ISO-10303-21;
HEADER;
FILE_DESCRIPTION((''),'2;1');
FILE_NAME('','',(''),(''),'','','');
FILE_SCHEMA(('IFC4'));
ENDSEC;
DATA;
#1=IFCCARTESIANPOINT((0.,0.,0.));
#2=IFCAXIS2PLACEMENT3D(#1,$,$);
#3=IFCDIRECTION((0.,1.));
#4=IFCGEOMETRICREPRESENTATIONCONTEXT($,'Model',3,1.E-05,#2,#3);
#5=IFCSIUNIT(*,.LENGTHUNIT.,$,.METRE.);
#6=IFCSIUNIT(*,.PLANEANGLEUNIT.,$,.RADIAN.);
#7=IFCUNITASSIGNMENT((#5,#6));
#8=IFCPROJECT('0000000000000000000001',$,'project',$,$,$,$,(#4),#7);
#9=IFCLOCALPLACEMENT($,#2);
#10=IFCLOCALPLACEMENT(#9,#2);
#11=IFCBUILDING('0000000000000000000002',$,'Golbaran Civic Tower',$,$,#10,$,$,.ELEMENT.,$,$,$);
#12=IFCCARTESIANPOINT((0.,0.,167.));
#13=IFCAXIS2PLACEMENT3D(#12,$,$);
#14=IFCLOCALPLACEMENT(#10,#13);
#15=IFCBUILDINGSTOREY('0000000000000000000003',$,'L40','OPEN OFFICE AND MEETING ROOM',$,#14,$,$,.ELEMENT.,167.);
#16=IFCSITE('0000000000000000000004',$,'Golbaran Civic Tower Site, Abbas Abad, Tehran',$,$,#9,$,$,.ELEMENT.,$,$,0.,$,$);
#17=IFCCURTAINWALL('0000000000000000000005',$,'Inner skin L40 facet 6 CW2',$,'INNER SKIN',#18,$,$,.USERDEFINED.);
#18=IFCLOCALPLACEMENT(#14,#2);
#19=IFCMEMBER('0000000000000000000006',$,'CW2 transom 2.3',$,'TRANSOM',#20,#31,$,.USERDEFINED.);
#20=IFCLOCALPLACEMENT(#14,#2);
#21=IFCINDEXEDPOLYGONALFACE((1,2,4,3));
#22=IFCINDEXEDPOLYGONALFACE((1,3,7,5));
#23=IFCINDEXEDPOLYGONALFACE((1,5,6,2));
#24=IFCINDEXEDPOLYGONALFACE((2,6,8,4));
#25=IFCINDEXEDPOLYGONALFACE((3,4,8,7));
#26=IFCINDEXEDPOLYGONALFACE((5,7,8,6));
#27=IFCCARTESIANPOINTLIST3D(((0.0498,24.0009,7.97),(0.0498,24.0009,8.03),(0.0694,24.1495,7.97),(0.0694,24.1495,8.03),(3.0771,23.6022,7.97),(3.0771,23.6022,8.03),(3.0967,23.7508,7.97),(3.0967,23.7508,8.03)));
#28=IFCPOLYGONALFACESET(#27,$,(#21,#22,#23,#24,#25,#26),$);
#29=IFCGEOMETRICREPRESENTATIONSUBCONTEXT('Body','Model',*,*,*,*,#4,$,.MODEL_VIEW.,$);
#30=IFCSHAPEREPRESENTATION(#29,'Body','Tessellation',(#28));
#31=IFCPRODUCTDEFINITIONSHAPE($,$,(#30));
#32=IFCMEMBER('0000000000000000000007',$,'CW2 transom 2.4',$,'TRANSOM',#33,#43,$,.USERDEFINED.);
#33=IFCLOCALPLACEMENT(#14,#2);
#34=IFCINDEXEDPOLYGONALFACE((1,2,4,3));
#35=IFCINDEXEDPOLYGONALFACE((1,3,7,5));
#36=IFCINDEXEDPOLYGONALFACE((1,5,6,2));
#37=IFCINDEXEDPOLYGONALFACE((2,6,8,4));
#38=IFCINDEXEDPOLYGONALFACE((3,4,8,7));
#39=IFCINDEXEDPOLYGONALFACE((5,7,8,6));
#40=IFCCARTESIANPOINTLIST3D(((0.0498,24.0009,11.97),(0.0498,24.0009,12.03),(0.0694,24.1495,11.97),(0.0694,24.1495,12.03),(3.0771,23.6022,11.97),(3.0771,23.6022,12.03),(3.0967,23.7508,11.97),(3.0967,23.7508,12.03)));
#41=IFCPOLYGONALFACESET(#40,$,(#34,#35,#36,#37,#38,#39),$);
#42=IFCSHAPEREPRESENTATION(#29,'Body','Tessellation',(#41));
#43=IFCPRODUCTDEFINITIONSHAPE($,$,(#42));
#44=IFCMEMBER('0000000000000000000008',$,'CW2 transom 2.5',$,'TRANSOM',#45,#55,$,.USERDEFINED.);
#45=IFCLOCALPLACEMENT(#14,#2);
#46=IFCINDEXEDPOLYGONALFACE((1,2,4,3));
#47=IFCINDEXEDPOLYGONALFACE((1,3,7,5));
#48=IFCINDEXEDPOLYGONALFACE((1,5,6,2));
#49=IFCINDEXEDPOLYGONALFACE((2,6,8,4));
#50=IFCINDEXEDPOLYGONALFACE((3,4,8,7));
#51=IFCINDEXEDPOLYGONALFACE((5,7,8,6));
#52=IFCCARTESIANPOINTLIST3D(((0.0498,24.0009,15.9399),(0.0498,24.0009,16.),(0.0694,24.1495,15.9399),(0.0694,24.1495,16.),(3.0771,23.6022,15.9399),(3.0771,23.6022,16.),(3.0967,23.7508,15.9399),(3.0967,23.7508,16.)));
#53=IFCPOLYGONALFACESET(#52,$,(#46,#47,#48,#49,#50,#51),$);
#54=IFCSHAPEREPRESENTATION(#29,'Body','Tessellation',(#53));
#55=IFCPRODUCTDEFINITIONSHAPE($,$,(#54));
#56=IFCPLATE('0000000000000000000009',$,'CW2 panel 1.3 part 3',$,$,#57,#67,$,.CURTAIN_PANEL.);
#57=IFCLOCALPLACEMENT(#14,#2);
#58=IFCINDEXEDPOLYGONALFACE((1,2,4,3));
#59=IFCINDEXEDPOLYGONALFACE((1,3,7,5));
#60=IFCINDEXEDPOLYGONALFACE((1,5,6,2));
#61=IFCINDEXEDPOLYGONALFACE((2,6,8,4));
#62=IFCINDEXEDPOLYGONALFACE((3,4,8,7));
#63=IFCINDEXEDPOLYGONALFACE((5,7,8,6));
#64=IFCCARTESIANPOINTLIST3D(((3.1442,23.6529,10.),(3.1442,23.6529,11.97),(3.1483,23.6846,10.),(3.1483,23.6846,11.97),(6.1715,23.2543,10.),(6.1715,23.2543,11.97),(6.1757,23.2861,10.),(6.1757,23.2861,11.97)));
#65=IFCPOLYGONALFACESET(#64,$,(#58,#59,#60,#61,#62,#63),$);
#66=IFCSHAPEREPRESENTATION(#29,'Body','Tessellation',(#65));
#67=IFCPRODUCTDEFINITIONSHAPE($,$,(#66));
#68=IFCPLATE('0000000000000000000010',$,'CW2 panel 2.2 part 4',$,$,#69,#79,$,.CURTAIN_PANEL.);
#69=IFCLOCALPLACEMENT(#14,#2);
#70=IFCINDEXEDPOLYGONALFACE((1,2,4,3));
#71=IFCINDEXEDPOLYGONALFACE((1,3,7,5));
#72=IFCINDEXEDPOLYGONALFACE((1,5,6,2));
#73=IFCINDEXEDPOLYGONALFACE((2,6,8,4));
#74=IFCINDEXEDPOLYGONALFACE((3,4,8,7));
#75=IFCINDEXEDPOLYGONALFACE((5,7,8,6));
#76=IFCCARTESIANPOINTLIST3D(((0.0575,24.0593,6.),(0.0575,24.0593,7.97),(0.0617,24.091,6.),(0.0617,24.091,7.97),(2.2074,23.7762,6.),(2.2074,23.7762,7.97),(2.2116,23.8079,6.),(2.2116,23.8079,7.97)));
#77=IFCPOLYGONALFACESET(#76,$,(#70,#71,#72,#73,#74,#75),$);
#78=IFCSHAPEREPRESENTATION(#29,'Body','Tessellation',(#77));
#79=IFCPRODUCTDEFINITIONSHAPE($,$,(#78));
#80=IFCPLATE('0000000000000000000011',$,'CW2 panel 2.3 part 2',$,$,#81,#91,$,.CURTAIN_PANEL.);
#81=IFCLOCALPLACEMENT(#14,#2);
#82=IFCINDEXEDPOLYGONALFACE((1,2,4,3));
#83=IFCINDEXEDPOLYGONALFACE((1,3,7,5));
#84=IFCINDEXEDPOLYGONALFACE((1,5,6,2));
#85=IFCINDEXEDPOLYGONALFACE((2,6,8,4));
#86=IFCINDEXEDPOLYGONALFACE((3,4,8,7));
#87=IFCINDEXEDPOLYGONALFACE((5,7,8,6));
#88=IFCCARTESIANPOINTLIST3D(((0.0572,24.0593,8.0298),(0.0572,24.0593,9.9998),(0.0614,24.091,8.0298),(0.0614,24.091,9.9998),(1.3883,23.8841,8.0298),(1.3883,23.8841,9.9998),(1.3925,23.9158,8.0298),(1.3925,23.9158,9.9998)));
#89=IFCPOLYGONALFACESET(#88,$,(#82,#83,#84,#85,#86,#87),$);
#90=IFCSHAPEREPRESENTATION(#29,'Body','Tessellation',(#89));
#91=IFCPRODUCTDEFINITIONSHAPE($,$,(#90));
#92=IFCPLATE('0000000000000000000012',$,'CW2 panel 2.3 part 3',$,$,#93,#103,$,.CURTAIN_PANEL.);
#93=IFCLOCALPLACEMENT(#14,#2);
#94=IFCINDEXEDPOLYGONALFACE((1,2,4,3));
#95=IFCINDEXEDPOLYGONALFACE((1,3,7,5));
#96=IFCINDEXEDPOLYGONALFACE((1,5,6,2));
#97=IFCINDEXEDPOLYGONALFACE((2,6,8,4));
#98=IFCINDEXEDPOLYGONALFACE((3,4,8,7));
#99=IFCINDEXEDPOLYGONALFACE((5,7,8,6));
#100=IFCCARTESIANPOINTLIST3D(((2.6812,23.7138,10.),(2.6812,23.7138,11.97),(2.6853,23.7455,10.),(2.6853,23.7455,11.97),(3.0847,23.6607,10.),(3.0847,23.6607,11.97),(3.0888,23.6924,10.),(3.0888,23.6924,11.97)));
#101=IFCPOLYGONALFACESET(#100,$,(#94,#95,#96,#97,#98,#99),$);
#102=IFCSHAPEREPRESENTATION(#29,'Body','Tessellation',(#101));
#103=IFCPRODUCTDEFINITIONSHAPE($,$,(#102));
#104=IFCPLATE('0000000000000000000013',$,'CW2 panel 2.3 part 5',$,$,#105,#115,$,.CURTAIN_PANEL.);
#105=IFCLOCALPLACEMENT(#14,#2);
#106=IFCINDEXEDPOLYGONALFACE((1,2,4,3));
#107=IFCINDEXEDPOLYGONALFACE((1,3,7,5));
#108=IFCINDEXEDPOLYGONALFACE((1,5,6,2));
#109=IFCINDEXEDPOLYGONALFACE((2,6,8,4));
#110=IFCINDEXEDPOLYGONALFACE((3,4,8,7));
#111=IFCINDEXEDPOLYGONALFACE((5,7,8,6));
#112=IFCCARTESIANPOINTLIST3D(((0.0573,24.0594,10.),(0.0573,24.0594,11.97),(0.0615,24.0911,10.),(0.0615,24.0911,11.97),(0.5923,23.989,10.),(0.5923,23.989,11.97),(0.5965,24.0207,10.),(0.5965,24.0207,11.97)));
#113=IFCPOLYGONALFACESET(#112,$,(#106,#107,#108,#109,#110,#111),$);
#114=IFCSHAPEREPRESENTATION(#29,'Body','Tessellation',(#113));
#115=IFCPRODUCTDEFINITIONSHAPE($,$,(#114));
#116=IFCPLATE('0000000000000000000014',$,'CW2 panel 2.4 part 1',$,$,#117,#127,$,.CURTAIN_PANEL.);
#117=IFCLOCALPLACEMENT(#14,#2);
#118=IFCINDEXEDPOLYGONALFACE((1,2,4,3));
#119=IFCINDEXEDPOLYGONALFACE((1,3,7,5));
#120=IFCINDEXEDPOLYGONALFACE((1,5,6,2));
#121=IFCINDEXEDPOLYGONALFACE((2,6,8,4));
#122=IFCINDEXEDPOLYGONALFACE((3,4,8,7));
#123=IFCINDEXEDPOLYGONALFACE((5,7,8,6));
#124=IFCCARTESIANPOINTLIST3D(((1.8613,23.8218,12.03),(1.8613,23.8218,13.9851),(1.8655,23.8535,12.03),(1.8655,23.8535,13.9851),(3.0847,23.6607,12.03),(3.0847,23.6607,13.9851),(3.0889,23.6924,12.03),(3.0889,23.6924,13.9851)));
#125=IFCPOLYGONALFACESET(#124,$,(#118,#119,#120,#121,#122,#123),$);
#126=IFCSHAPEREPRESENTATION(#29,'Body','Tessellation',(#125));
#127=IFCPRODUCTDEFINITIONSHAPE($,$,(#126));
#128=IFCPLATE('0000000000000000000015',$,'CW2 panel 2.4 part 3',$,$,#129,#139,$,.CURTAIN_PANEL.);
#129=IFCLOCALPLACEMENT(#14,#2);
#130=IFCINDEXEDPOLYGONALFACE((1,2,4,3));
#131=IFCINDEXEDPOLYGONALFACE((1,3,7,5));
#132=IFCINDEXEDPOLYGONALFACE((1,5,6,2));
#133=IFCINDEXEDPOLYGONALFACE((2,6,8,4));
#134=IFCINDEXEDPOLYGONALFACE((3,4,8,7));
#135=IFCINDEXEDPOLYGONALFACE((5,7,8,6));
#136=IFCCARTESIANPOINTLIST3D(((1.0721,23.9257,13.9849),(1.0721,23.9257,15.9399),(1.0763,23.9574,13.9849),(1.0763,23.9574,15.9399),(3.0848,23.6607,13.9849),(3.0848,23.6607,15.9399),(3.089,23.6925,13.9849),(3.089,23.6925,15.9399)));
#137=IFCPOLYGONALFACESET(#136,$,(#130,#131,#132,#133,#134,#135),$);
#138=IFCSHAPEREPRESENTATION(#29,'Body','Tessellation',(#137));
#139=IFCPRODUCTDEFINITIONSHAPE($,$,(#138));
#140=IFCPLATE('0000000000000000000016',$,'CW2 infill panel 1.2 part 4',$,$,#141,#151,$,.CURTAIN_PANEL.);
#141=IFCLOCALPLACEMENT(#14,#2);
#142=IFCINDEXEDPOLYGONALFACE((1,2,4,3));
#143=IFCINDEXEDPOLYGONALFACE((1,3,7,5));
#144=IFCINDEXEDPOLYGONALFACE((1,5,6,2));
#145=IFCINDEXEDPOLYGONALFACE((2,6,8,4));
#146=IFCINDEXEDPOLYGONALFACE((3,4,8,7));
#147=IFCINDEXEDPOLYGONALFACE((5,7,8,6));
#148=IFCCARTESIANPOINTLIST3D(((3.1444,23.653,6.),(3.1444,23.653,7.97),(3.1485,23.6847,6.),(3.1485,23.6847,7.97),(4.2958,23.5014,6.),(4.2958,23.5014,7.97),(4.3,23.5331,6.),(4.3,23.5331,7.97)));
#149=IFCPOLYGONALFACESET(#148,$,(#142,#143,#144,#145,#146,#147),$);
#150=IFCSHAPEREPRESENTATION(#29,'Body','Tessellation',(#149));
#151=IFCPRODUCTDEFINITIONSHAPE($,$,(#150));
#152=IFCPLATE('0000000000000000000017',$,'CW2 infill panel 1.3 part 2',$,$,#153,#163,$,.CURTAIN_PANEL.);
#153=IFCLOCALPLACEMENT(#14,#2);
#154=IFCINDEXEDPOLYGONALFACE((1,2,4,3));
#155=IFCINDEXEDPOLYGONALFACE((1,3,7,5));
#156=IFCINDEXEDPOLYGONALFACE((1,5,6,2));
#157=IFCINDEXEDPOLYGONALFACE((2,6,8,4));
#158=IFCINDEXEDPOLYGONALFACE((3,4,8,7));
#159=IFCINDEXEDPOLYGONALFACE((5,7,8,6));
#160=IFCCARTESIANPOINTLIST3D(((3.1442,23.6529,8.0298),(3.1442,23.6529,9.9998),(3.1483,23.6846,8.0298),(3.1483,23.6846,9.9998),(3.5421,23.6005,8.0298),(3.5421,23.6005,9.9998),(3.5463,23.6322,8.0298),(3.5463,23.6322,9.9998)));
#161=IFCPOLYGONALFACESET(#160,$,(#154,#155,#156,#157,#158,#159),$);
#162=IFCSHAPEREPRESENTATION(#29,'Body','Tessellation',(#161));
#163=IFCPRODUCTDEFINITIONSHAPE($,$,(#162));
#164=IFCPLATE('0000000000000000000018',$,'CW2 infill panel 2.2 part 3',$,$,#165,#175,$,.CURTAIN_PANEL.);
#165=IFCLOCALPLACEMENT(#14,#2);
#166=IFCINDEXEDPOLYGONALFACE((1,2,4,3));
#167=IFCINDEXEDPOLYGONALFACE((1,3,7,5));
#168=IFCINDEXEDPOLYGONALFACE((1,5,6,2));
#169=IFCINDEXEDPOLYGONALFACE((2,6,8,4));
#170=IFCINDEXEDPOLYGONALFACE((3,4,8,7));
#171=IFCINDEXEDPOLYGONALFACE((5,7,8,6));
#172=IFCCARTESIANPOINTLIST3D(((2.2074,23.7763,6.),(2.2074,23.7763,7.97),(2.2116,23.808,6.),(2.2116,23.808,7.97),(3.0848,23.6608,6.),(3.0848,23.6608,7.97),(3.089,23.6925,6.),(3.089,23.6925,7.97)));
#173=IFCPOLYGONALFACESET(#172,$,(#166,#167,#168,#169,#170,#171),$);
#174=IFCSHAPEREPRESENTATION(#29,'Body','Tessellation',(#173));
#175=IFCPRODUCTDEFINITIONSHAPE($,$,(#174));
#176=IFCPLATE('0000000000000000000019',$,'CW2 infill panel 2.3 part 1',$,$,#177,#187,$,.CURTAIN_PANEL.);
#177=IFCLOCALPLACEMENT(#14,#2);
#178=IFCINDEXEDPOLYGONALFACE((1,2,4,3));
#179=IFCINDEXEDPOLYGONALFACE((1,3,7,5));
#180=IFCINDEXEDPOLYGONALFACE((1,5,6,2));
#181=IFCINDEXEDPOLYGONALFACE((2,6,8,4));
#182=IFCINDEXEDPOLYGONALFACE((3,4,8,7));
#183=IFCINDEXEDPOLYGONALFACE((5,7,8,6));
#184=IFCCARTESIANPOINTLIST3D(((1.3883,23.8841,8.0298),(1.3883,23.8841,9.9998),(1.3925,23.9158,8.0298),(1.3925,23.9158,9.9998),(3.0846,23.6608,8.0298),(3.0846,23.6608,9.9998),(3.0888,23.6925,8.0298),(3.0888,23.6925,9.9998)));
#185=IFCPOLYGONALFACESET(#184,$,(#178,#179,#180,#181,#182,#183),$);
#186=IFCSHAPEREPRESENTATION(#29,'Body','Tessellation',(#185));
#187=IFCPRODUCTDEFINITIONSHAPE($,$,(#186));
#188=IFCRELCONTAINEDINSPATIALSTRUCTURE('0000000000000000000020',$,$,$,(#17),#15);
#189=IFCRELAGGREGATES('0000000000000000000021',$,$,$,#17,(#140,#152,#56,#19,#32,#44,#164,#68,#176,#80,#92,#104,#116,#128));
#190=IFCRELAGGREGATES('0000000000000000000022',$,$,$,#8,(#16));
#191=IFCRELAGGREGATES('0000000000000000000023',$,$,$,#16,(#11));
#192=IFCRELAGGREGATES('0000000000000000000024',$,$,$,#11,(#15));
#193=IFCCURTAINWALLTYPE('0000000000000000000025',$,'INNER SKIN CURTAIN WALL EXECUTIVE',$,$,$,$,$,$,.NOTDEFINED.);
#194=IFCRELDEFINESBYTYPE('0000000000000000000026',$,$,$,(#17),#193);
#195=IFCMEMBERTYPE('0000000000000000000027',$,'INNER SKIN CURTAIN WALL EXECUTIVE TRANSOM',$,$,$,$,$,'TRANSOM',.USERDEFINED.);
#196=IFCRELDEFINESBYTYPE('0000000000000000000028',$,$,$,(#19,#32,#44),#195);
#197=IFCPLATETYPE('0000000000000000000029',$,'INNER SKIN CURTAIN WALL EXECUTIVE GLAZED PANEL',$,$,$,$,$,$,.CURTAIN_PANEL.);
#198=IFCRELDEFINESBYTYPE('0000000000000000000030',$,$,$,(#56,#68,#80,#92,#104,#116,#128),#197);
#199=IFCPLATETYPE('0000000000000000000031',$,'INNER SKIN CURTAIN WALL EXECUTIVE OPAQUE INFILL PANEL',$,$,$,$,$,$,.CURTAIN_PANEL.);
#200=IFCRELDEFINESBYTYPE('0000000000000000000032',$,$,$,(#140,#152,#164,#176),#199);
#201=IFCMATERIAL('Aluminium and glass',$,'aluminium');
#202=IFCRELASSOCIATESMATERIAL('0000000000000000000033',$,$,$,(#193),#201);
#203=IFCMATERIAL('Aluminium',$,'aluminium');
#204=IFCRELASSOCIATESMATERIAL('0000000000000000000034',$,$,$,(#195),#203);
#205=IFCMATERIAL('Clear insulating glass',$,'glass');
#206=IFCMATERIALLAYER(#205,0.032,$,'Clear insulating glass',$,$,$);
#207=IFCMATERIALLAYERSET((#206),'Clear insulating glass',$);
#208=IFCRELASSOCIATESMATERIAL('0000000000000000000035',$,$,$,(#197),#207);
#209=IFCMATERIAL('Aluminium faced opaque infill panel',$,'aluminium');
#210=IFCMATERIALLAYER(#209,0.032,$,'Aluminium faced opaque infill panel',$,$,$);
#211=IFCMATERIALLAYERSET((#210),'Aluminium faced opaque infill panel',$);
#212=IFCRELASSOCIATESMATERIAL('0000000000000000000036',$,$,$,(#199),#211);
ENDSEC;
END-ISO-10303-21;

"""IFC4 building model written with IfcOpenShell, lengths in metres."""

from ifc_helpers import new_model, si_unit, direction, frame, origin, origin_2d, place, context, subcontext, project, spatial, rectangle, extrude, material, layer, layer_set, material_profile, profile_set, type_object, element, aggregate, save


model = new_model("IFC4")

# Units and contexts
model_context = context("Model", 3, precision=1e-05, world=origin(), true_north=direction((0.0, 1.0)))
body_context = subcontext(model_context, "Body", "Model", "MODEL_VIEW")
ifc_project = project(units=[si_unit("LENGTHUNIT", "METRE"), si_unit("PLANEANGLEUNIT", "RADIAN")], contexts=[model_context])

# Site, building, storey
site_placement = place(None, origin())
site = spatial("IfcSite", under=ifc_project, at=site_placement, Name="Golbaran Civic Tower Site, Abbas Abad, Tehran", CompositionType="ELEMENT", RefElevation=0.0)
building_placement = place(site_placement, origin())
building = spatial("IfcBuilding", under=site, at=building_placement, Name="Golbaran Civic Tower", CompositionType="ELEMENT")
storey_placement = place(building_placement, frame((0.0, 0.0, 167.0)))
storey = spatial("IfcBuildingStorey", under=building, at=storey_placement, Name="L40", Description="OPEN OFFICE AND MEETING ROOM", CompositionType="ELEMENT", Elevation=167.0)

# Curtain wall, members, plates
ifc_material_1 = material(Name="Aluminium and glass", Category="aluminium")
curtain_wall_type_1 = type_object("IfcCurtainWallType", Name="INNER SKIN CURTAIN WALL EXECUTIVE", PredefinedType="NOTDEFINED", material=ifc_material_1)
curtain_wall_1_placement = place(storey_placement, origin())
curtain_wall_1 = element("IfcCurtainWall", 1, at=curtain_wall_1_placement, inside=storey, type_object=curtain_wall_type_1, Name="Inner skin L40 facet 6 CW2", ObjectType="INNER SKIN", PredefinedType="USERDEFINED")
ifc_material_2 = material(Name="Aluminium", Category="aluminium")
ifc_material_profile = material_profile(ifc_material_2, rectangle(XDim=0.1499, YDim=0.0601, at=origin_2d()), Name="INNER SKIN CURTAIN WALL EXECUTIVE TRANSOM")
ifc_profile_set = profile_set([ifc_material_profile], Name="Aluminium")
member_type = type_object("IfcMemberType", Name="INNER SKIN CURTAIN WALL EXECUTIVE TRANSOM", ElementType="TRANSOM", PredefinedType="USERDEFINED", material=ifc_profile_set)
member_1_placement = place(storey_placement, frame((3.0869, 23.6765, 8.0), z_axis=(-0.99144, 0.130566, 0.0), x_axis=(-0.130566, -0.99144, 0.0)))
member_1 = element("IfcMember", 2, at=member_1_placement, type_object=member_type, Name="CW2 transom 2.3", ObjectType="TRANSOM", PredefinedType="USERDEFINED", context=body_context, shape_type="SweptSolid", body=[
    extrude(rectangle(XDim=0.1499, YDim=0.0601, at=origin_2d()), origin(), (0.0, 0.0, 1.0), 3.0535),
])
member_2_placement = place(storey_placement, frame((3.0869, 23.6765, 12.0), z_axis=(-0.99144, 0.130566, 0.0), x_axis=(-0.130566, -0.99144, 0.0)))
member_2 = element("IfcMember", 3, at=member_2_placement, type_object=member_type, Name="CW2 transom 2.4", ObjectType="TRANSOM", PredefinedType="USERDEFINED", context=body_context, shape_type="SweptSolid", body=[
    extrude(rectangle(XDim=0.1499, YDim=0.0601, at=origin_2d()), origin(), (0.0, 0.0, 1.0), 3.0535),
])
member_3_placement = place(storey_placement, frame((3.0869, 23.6765, 15.97), z_axis=(-0.99144, 0.130566, 0.0), x_axis=(-0.130566, -0.99144, 0.0)))
member_3 = element("IfcMember", 4, at=member_3_placement, type_object=member_type, Name="CW2 transom 2.5", ObjectType="TRANSOM", PredefinedType="USERDEFINED", context=body_context, shape_type="SweptSolid", body=[
    extrude(rectangle(XDim=0.1499, YDim=0.0601, at=origin_2d()), origin(), (0.0, 0.0, 1.0), 3.0535),
])
ifc_material_3 = material(Name="Clear insulating glass", Category="glass")
ifc_layer_1 = layer(ifc_material_3, 0.032, Name="Clear insulating glass")
ifc_layer_set_1 = layer_set([ifc_layer_1], Name="Clear insulating glass")
plate_type_1 = type_object("IfcPlateType", Name="INNER SKIN CURTAIN WALL EXECUTIVE GLAZED PANEL", PredefinedType="CURTAIN_PANEL", material=ifc_layer_set_1)
plate_1_placement = place(storey_placement, frame((4.6599, 23.4695, 10.0), z_axis=(0.0, 0.0, 1.0), x_axis=(-0.991445, 0.130526, 0.0)))
plate_1 = element("IfcPlate", 5, at=plate_1_placement, type_object=plate_type_1, Name="CW2 panel 1.3 part 3", PredefinedType="CURTAIN_PANEL", context=body_context, shape_type="SweptSolid", body=[
    extrude(rectangle(XDim=3.0535, YDim=0.032, at=origin_2d()), origin(), (0.0, 0.0, 1.0), 1.97),
])
plate_2_placement = place(storey_placement, frame((1.1345, 23.9336, 6.0), z_axis=(0.0, 0.0, 1.0), x_axis=(-0.991445, 0.130526, 0.0)))
plate_2 = element("IfcPlate", 6, at=plate_2_placement, type_object=plate_type_1, Name="CW2 panel 2.2 part 4", PredefinedType="CURTAIN_PANEL", context=body_context, shape_type="SweptSolid", body=[
    extrude(rectangle(XDim=2.1685, YDim=0.032, at=origin_2d()), origin(), (0.0, 0.0, 1.0), 1.97),
])
plate_3_placement = place(storey_placement, frame((0.7249, 23.9875, 8.0298), z_axis=(0.0, 0.0, 1.0), x_axis=(-0.991445, 0.130526, 0.0)))
plate_3 = element("IfcPlate", 7, at=plate_3_placement, type_object=plate_type_1, Name="CW2 panel 2.3 part 2", PredefinedType="CURTAIN_PANEL", context=body_context, shape_type="SweptSolid", body=[
    extrude(rectangle(XDim=1.3425, YDim=0.032, at=origin_2d()), origin(), (0.0, 0.0, 1.0), 1.97),
])
plate_4_placement = place(storey_placement, frame((2.885, 23.7031, 10.0), z_axis=(0.0, 0.0, 1.0), x_axis=(-0.991445, 0.130526, 0.0)))
plate_4 = element("IfcPlate", 8, at=plate_4_placement, type_object=plate_type_1, Name="CW2 panel 2.3 part 3", PredefinedType="CURTAIN_PANEL", context=body_context, shape_type="SweptSolid", body=[
    extrude(rectangle(XDim=0.407, YDim=0.032, at=origin_2d()), origin(), (0.0, 0.0, 1.0), 1.97),
])
plate_5_placement = place(storey_placement, frame((0.3269, 24.04, 10.0), z_axis=(0.0, 0.0, 1.0), x_axis=(-0.991445, 0.130526, 0.0)))
plate_5 = element("IfcPlate", 9, at=plate_5_placement, type_object=plate_type_1, Name="CW2 panel 2.3 part 5", PredefinedType="CURTAIN_PANEL", context=body_context, shape_type="SweptSolid", body=[
    extrude(rectangle(XDim=0.5396, YDim=0.032, at=origin_2d()), origin(), (0.0, 0.0, 1.0), 1.97),
])
plate_6_placement = place(storey_placement, frame((2.4751, 23.7571, 12.03), z_axis=(0.0, 0.0, 1.0), x_axis=(-0.991445, 0.130526, 0.0)))
plate_6 = element("IfcPlate", 10, at=plate_6_placement, type_object=plate_type_1, Name="CW2 panel 2.4 part 1", PredefinedType="CURTAIN_PANEL", context=body_context, shape_type="SweptSolid", body=[
    extrude(rectangle(XDim=1.2339, YDim=0.032, at=origin_2d()), origin(), (0.0, 0.0, 1.0), 1.9551),
])
plate_7_placement = place(storey_placement, frame((2.0806, 23.8091, 13.9849), z_axis=(0.0, 0.0, 1.0), x_axis=(-0.991445, 0.130526, 0.0)))
plate_7 = element("IfcPlate", 11, at=plate_7_placement, type_object=plate_type_1, Name="CW2 panel 2.4 part 3", PredefinedType="CURTAIN_PANEL", context=body_context, shape_type="SweptSolid", body=[
    extrude(rectangle(XDim=2.03, YDim=0.032, at=origin_2d()), origin(), (0.0, 0.0, 1.0), 1.9551),
])
ifc_material_4 = material(Name="Aluminium faced opaque infill panel", Category="aluminium")
ifc_layer_2 = layer(ifc_material_4, 0.032, Name="Aluminium faced opaque infill panel")
ifc_layer_set_2 = layer_set([ifc_layer_2], Name="Aluminium faced opaque infill panel")
plate_type_2 = type_object("IfcPlateType", Name="INNER SKIN CURTAIN WALL EXECUTIVE OPAQUE INFILL PANEL", PredefinedType="CURTAIN_PANEL", material=ifc_layer_set_2)
plate_8_placement = place(storey_placement, frame((3.7222, 23.593, 6.0), z_axis=(0.0, 0.0, 1.0), x_axis=(-0.991445, 0.130526, 0.0)))
plate_8 = element("IfcPlate", 12, at=plate_8_placement, type_object=plate_type_2, Name="CW2 infill panel 1.2 part 4", PredefinedType="CURTAIN_PANEL", context=body_context, shape_type="SweptSolid", body=[
    extrude(rectangle(XDim=1.1614, YDim=0.032, at=origin_2d()), origin(), (0.0, 0.0, 1.0), 1.97),
])
plate_9_placement = place(storey_placement, frame((3.3452, 23.6426, 8.0298), z_axis=(0.0, 0.0, 1.0), x_axis=(-0.991445, 0.130526, 0.0)))
plate_9 = element("IfcPlate", 13, at=plate_9_placement, type_object=plate_type_2, Name="CW2 infill panel 1.3 part 2", PredefinedType="CURTAIN_PANEL", context=body_context, shape_type="SweptSolid", body=[
    extrude(rectangle(XDim=0.4014, YDim=0.032, at=origin_2d()), origin(), (0.0, 0.0, 1.0), 1.97),
])
plate_10_placement = place(storey_placement, frame((2.6482, 23.7344, 6.0), z_axis=(0.0, 0.0, 1.0), x_axis=(-0.991445, 0.130526, 0.0)))
plate_10 = element("IfcPlate", 14, at=plate_10_placement, type_object=plate_type_2, Name="CW2 infill panel 2.2 part 3", PredefinedType="CURTAIN_PANEL", context=body_context, shape_type="SweptSolid", body=[
    extrude(rectangle(XDim=0.885, YDim=0.032, at=origin_2d()), origin(), (0.0, 0.0, 1.0), 1.97),
])
plate_11_placement = place(storey_placement, frame((2.2385, 23.7883, 8.0298), z_axis=(0.0, 0.0, 1.0), x_axis=(-0.991445, 0.130526, 0.0)))
plate_11 = element("IfcPlate", 15, at=plate_11_placement, type_object=plate_type_2, Name="CW2 infill panel 2.3 part 1", PredefinedType="CURTAIN_PANEL", context=body_context, shape_type="SweptSolid", body=[
    extrude(rectangle(XDim=1.7109, YDim=0.032, at=origin_2d()), origin(), (0.0, 0.0, 1.0), 1.97),
])
aggregate(curtain_wall_1, [plate_8, plate_9, plate_1, member_1, member_2, member_3, plate_10, plate_2, plate_11, plate_3, plate_4, plate_5, plate_6, plate_7])

save(model, "model.ifc")
